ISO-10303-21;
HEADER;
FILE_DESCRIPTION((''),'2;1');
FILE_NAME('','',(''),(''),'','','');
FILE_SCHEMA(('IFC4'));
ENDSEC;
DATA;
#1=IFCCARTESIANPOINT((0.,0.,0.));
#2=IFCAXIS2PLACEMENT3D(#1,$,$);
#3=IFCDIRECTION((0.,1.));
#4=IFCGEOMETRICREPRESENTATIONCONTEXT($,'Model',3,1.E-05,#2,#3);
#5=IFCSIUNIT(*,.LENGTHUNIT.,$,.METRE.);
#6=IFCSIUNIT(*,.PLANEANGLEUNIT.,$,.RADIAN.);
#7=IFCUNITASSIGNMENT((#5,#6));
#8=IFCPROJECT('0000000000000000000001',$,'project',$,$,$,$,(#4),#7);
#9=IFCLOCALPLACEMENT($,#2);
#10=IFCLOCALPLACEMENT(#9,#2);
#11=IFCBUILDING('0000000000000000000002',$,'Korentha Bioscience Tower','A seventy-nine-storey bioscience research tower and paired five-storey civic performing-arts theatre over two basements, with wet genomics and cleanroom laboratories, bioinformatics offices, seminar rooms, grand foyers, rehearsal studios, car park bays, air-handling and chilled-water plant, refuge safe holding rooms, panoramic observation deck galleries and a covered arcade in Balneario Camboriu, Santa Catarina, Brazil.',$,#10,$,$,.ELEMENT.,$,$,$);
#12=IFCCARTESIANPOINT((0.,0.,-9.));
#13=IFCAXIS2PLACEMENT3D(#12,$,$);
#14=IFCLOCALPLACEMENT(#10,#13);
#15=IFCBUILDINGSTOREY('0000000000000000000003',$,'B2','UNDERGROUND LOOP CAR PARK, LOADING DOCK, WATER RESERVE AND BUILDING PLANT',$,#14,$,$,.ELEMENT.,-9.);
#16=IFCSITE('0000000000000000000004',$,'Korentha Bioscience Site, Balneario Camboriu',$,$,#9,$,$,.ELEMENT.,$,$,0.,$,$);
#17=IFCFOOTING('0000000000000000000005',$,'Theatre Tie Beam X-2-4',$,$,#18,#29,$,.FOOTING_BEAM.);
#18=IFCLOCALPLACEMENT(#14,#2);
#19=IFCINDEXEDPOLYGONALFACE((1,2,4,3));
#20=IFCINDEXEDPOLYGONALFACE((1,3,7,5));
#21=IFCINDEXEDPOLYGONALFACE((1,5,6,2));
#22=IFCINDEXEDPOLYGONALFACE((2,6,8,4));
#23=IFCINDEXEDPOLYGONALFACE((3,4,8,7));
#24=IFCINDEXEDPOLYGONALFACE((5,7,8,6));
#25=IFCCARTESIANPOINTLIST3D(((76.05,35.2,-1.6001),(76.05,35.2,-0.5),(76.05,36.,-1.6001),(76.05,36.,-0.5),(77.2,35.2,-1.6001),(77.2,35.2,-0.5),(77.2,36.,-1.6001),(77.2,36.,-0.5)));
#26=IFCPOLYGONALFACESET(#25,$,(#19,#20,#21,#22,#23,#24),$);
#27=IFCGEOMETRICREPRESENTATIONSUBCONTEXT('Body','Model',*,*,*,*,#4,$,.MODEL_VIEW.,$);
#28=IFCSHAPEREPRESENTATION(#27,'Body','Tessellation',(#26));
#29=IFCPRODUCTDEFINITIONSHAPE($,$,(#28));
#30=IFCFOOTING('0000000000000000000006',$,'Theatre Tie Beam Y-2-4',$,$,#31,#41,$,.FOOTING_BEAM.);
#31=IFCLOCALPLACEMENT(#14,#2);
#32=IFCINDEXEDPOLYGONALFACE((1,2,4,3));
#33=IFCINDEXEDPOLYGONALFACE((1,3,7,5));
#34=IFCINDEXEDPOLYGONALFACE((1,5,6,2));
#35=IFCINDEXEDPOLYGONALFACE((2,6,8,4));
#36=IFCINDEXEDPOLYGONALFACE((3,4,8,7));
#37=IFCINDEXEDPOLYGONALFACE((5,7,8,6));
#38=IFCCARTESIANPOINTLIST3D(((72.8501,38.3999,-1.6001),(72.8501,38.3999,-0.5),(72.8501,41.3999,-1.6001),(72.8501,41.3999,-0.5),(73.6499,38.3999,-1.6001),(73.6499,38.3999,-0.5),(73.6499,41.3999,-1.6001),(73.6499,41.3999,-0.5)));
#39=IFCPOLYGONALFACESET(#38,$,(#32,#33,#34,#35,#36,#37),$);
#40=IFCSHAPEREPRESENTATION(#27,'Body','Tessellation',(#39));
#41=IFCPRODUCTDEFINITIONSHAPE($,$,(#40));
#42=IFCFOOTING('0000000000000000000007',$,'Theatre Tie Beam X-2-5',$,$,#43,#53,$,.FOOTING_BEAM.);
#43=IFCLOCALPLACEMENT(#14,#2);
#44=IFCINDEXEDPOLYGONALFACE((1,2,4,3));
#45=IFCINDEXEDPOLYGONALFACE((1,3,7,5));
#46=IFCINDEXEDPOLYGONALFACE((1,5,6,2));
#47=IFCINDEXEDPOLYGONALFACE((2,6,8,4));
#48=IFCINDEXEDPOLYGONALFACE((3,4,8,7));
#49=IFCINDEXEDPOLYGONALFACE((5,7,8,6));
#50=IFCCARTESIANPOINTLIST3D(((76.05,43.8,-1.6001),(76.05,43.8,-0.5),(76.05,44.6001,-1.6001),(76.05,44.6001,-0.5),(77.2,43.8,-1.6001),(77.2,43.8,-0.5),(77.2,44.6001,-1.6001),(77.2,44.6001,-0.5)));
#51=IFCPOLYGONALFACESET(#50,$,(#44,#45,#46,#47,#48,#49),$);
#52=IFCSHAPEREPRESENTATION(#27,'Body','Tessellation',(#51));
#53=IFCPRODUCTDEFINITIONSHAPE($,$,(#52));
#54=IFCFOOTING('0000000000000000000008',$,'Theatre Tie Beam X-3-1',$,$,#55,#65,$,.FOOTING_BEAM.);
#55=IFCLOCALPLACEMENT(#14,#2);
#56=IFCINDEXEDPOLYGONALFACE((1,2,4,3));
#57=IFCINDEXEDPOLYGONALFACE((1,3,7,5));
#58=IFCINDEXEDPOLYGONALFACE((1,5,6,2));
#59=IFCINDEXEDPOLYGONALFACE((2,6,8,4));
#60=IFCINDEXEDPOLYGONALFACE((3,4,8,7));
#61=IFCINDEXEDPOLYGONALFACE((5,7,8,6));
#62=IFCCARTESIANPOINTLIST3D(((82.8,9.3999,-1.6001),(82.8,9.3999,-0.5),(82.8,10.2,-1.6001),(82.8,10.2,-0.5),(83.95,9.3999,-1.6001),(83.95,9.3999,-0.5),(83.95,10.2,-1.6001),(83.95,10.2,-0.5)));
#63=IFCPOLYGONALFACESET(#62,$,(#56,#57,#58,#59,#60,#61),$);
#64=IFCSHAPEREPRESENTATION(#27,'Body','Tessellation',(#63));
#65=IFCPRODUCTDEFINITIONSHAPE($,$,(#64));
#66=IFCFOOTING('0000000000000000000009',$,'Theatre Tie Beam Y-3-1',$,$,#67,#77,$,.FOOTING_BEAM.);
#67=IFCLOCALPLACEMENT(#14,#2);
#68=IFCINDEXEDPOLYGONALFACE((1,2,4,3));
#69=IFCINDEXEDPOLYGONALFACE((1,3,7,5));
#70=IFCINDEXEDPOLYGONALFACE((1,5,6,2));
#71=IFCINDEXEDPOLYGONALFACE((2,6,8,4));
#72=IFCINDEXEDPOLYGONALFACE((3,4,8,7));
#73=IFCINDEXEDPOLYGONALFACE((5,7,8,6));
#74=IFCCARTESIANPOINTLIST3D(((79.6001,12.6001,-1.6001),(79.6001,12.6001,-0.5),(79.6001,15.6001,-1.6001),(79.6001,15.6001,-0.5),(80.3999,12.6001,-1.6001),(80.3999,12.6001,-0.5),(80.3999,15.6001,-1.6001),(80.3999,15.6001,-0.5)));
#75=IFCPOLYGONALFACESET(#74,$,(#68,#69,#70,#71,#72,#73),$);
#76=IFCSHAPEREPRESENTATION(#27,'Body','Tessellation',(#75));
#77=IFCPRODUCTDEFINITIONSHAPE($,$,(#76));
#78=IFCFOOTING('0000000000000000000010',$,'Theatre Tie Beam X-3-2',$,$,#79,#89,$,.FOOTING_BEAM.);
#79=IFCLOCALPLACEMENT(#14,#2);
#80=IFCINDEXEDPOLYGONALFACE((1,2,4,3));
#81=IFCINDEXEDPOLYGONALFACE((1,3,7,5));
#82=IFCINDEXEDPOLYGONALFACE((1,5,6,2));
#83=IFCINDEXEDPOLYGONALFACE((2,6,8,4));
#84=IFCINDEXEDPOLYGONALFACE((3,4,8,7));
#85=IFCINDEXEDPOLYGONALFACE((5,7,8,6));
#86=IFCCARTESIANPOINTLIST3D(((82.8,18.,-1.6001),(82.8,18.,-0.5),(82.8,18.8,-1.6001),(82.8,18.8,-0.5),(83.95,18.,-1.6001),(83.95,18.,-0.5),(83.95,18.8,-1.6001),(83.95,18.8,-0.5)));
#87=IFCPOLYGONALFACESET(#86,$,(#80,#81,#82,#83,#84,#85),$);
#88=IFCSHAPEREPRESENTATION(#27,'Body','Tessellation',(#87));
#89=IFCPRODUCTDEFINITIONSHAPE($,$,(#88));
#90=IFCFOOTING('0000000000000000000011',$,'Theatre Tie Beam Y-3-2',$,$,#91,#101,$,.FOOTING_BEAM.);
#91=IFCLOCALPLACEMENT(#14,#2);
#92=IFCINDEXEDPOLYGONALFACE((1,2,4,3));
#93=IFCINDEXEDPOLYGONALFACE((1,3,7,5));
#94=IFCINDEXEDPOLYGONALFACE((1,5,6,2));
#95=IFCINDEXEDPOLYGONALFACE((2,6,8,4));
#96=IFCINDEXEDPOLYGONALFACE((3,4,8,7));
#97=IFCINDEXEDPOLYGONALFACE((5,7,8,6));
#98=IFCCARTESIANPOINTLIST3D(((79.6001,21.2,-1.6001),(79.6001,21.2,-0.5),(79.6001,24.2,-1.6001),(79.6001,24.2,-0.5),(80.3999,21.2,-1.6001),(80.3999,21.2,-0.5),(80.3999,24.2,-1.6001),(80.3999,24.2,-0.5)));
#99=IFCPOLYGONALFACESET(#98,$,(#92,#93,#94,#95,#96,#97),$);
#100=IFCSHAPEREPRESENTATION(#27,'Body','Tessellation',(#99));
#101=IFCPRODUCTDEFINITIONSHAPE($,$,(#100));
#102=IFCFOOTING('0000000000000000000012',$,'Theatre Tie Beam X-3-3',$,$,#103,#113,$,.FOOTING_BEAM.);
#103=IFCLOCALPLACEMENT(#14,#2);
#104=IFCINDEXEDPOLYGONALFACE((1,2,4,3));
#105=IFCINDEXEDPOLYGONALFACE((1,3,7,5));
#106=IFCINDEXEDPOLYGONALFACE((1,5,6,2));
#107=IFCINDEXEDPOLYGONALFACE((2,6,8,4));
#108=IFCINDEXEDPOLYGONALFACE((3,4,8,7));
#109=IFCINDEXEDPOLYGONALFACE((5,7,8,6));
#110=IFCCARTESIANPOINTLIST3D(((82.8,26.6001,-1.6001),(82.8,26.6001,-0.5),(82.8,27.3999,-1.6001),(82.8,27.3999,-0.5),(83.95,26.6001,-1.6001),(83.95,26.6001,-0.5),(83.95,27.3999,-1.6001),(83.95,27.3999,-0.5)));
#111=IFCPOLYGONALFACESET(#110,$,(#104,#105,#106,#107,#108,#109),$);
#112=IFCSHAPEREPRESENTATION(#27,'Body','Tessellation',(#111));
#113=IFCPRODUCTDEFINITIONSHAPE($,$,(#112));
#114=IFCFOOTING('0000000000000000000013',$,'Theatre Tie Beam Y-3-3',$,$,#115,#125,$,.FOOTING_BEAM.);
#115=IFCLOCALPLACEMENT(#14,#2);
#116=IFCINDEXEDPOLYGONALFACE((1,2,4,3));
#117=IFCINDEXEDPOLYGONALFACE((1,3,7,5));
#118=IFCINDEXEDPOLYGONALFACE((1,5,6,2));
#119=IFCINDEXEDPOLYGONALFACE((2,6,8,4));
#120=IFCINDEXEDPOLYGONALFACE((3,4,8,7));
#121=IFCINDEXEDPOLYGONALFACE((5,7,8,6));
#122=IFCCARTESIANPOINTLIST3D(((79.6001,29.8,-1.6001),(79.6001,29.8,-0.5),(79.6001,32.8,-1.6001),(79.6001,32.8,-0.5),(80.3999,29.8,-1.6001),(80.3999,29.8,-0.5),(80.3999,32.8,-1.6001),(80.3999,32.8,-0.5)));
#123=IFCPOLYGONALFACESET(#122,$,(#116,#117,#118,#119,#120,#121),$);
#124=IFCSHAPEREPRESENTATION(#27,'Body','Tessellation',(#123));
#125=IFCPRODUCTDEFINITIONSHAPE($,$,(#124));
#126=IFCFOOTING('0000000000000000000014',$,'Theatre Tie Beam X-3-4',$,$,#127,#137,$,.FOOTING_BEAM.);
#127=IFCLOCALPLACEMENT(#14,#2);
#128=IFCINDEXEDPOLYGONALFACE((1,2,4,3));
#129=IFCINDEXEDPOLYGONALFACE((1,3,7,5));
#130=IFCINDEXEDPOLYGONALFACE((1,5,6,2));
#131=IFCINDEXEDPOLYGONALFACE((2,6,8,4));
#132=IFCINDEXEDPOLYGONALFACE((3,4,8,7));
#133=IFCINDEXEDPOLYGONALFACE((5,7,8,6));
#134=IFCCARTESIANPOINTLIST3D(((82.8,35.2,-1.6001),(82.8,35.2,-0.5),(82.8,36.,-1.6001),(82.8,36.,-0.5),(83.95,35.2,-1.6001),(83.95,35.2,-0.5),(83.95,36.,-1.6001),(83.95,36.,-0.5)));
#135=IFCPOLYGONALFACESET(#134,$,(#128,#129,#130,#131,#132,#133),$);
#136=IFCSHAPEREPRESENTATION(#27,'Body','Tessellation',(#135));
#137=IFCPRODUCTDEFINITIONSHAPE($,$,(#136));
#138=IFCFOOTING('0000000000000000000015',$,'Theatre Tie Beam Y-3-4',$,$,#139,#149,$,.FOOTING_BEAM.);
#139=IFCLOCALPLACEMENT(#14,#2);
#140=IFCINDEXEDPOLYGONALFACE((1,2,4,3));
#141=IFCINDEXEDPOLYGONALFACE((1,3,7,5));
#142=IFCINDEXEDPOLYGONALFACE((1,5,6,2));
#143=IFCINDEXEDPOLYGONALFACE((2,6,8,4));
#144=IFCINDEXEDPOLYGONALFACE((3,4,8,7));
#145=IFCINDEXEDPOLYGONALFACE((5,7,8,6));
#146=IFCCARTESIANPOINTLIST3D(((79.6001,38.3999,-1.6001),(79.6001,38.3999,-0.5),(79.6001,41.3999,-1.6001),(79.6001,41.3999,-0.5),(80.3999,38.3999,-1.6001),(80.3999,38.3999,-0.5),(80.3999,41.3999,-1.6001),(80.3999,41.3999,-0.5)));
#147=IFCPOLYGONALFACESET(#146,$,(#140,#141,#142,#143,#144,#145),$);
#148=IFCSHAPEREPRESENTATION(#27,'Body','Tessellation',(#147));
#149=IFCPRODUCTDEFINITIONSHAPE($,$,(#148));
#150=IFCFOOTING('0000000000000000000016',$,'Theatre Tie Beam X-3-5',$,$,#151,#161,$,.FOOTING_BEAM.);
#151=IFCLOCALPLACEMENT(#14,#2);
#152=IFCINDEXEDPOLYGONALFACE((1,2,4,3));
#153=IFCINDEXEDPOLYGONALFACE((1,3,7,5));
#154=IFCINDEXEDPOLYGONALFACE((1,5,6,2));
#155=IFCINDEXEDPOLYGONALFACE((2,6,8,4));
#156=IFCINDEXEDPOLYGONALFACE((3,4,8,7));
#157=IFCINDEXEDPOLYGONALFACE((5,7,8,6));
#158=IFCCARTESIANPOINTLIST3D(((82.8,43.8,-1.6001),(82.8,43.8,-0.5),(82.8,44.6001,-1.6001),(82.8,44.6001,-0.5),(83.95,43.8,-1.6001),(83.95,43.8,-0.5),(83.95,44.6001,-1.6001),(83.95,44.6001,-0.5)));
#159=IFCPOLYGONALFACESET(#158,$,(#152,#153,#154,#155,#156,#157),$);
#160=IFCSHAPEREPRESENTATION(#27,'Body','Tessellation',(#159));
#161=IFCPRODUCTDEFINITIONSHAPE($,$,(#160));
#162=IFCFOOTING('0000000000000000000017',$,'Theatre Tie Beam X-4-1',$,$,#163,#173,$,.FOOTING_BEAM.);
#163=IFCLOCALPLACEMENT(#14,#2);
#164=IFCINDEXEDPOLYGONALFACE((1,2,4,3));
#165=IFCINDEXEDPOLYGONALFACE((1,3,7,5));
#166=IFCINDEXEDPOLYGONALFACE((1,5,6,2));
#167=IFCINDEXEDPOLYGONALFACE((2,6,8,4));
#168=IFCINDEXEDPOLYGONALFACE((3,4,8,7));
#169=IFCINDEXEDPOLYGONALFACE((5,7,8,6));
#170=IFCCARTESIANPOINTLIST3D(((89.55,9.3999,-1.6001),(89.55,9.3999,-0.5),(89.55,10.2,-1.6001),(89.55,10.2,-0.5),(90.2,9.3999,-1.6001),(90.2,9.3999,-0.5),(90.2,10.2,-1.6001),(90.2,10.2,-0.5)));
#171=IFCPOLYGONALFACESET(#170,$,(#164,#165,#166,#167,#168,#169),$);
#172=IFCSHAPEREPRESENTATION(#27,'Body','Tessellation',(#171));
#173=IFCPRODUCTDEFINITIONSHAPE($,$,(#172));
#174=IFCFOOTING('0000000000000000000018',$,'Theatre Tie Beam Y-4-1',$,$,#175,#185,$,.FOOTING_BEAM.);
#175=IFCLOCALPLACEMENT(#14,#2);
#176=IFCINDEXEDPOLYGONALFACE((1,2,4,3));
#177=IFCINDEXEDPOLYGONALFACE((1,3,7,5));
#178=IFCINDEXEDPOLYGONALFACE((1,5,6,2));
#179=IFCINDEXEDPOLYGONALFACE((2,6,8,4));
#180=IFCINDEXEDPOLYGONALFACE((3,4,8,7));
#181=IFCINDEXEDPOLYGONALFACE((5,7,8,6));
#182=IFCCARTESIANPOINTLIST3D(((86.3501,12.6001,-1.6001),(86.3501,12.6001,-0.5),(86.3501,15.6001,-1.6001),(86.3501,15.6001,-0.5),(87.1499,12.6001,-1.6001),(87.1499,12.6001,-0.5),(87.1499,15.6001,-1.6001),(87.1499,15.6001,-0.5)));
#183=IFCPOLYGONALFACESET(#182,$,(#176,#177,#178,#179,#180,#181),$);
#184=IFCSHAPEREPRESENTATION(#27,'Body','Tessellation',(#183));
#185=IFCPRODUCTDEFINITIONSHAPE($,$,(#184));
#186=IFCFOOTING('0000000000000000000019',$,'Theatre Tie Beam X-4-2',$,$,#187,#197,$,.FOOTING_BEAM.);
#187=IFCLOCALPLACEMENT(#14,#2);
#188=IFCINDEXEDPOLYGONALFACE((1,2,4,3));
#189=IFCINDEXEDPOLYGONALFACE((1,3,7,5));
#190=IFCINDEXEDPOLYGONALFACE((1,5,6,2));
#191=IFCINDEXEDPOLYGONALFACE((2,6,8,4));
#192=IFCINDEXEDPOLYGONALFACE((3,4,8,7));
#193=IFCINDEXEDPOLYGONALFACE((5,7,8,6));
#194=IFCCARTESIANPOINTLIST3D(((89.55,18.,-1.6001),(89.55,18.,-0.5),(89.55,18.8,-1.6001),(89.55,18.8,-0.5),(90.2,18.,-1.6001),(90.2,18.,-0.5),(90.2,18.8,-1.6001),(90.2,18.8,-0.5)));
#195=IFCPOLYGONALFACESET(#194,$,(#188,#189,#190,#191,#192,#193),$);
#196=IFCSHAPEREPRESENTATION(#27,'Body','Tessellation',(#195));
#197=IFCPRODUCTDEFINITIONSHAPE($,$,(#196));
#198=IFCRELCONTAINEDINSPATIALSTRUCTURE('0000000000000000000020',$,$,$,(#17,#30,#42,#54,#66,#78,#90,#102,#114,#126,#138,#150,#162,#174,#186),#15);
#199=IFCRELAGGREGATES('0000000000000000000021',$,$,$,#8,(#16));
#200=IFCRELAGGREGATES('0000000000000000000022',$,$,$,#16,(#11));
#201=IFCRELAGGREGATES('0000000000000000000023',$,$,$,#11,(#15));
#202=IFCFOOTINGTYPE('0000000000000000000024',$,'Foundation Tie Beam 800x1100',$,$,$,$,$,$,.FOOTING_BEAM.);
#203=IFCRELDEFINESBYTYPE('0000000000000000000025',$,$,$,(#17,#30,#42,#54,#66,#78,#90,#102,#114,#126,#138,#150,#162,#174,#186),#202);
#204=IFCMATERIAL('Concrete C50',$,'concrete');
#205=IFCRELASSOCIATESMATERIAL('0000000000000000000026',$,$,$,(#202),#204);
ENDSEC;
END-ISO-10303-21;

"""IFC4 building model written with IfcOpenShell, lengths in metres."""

from ifc_helpers import new_model, si_unit, direction, frame, origin, place, context, subcontext, project, spatial, polyline, outline, extrude, material, type_object, element, save


model = new_model("IFC4")

# Units and contexts
model_context = context("Model", 3, precision=1e-05, world=origin(), true_north=direction((0.0, 1.0)))
body_context = subcontext(model_context, "Body", "Model", "MODEL_VIEW")
ifc_project = project(units=[si_unit("LENGTHUNIT", "METRE"), si_unit("PLANEANGLEUNIT", "RADIAN")], contexts=[model_context])

# Site, building, storey
site_placement = place(None, origin())
site = spatial("IfcSite", under=ifc_project, at=site_placement, Name="Korentha Bioscience Site, Balneario Camboriu", CompositionType="ELEMENT", RefElevation=0.0)
building_placement = place(site_placement, origin())
building = spatial("IfcBuilding", under=site, at=building_placement, Name="Korentha Bioscience Tower", Description="A seventy-nine-storey bioscience research tower and paired five-storey civic performing-arts theatre over two basements, with wet genomics and cleanroom laboratories, bioinformatics offices, seminar rooms, grand foyers, rehearsal studios, car park bays, air-handling and chilled-water plant, refuge safe holding rooms, panoramic observation deck galleries and a covered arcade in Balneario Camboriu, Santa Catarina, Brazil.", CompositionType="ELEMENT")
storey_placement = place(building_placement, frame((0.0, 0.0, -9.0)))
storey = spatial("IfcBuildingStorey", under=building, at=storey_placement, Name="B2", Description="UNDERGROUND LOOP CAR PARK, LOADING DOCK, WATER RESERVE AND BUILDING PLANT", CompositionType="ELEMENT", Elevation=-9.0)

# Footings
ifc_material_1 = material(Name="Concrete C50", Category="concrete")
footing_type_1 = type_object("IfcFootingType", Name="Foundation Tie Beam 800x1100", PredefinedType="FOOTING_BEAM", material=ifc_material_1)
footing_1_placement = place(storey_placement, frame((0.0, 0.0, -1.6001)))
element("IfcFooting", 1, at=footing_1_placement, inside=storey, type_object=footing_type_1, Name="Theatre Tie Beam X-2-4", PredefinedType="FOOTING_BEAM", context=body_context, shape_type="SweptSolid", body=[
    extrude(outline(polyline([(76.05, 35.2), (77.2, 35.2), (77.2, 36.0), (76.05, 36.0), (76.05, 35.2)])), origin(), (0.0, 0.0, 1.0), 1.1001),
])
footing_2_placement = place(storey_placement, frame((0.0, 0.0, -1.6001)))
element("IfcFooting", 2, at=footing_2_placement, inside=storey, type_object=footing_type_1, Name="Theatre Tie Beam Y-2-4", PredefinedType="FOOTING_BEAM", context=body_context, shape_type="SweptSolid", body=[
    extrude(outline(polyline([(72.8501, 38.3999), (73.6499, 38.3999), (73.6499, 41.3999), (72.8501, 41.3999), (72.8501, 38.3999)])), origin(), (0.0, 0.0, 1.0), 1.1001),
])
footing_3_placement = place(storey_placement, frame((0.0, 0.0, -1.6001)))
element("IfcFooting", 3, at=footing_3_placement, inside=storey, type_object=footing_type_1, Name="Theatre Tie Beam X-2-5", PredefinedType="FOOTING_BEAM", context=body_context, shape_type="SweptSolid", body=[
    extrude(outline(polyline([(76.05, 43.8), (77.2, 43.8), (77.2, 44.6001), (76.05, 44.6001), (76.05, 43.8)])), origin(), (0.0, 0.0, 1.0), 1.1001),
])
footing_4_placement = place(storey_placement, frame((0.0, 0.0, -1.6001)))
element("IfcFooting", 4, at=footing_4_placement, inside=storey, type_object=footing_type_1, Name="Theatre Tie Beam X-3-1", PredefinedType="FOOTING_BEAM", context=body_context, shape_type="SweptSolid", body=[
    extrude(outline(polyline([(82.8, 9.3999), (83.95, 9.3999), (83.95, 10.2), (82.8, 10.2), (82.8, 9.3999)])), origin(), (0.0, 0.0, 1.0), 1.1001),
])
footing_5_placement = place(storey_placement, frame((0.0, 0.0, -1.6001)))
element("IfcFooting", 5, at=footing_5_placement, inside=storey, type_object=footing_type_1, Name="Theatre Tie Beam Y-3-1", PredefinedType="FOOTING_BEAM", context=body_context, shape_type="SweptSolid", body=[
    extrude(outline(polyline([(79.6001, 12.6001), (80.3999, 12.6001), (80.3999, 15.6001), (79.6001, 15.6001), (79.6001, 12.6001)])), origin(), (0.0, 0.0, 1.0), 1.1001),
])
footing_6_placement = place(storey_placement, frame((0.0, 0.0, -1.6001)))
element("IfcFooting", 6, at=footing_6_placement, inside=storey, type_object=footing_type_1, Name="Theatre Tie Beam X-3-2", PredefinedType="FOOTING_BEAM", context=body_context, shape_type="SweptSolid", body=[
    extrude(outline(polyline([(82.8, 18.0), (83.95, 18.0), (83.95, 18.8), (82.8, 18.8), (82.8, 18.0)])), origin(), (0.0, 0.0, 1.0), 1.1001),
])
footing_7_placement = place(storey_placement, frame((0.0, 0.0, -1.6001)))
element("IfcFooting", 7, at=footing_7_placement, inside=storey, type_object=footing_type_1, Name="Theatre Tie Beam Y-3-2", PredefinedType="FOOTING_BEAM", context=body_context, shape_type="SweptSolid", body=[
    extrude(outline(polyline([(79.6001, 21.2), (80.3999, 21.2), (80.3999, 24.2), (79.6001, 24.2), (79.6001, 21.2)])), origin(), (0.0, 0.0, 1.0), 1.1001),
])
footing_8_placement = place(storey_placement, frame((0.0, 0.0, -1.6001)))
element("IfcFooting", 8, at=footing_8_placement, inside=storey, type_object=footing_type_1, Name="Theatre Tie Beam X-3-3", PredefinedType="FOOTING_BEAM", context=body_context, shape_type="SweptSolid", body=[
    extrude(outline(polyline([(82.8, 26.6001), (83.95, 26.6001), (83.95, 27.3999), (82.8, 27.3999), (82.8, 26.6001)])), origin(), (0.0, 0.0, 1.0), 1.1001),
])
footing_9_placement = place(storey_placement, frame((0.0, 0.0, -1.6001)))
element("IfcFooting", 9, at=footing_9_placement, inside=storey, type_object=footing_type_1, Name="Theatre Tie Beam Y-3-3", PredefinedType="FOOTING_BEAM", context=body_context, shape_type="SweptSolid", body=[
    extrude(outline(polyline([(79.6001, 29.8), (80.3999, 29.8), (80.3999, 32.8), (79.6001, 32.8), (79.6001, 29.8)])), origin(), (0.0, 0.0, 1.0), 1.1001),
])
footing_10_placement = place(storey_placement, frame((0.0, 0.0, -1.6001)))
element("IfcFooting", 10, at=footing_10_placement, inside=storey, type_object=footing_type_1, Name="Theatre Tie Beam X-3-4", PredefinedType="FOOTING_BEAM", context=body_context, shape_type="SweptSolid", body=[
    extrude(outline(polyline([(82.8, 35.2), (83.95, 35.2), (83.95, 36.0), (82.8, 36.0), (82.8, 35.2)])), origin(), (0.0, 0.0, 1.0), 1.1001),
])
footing_11_placement = place(storey_placement, frame((0.0, 0.0, -1.6001)))
element("IfcFooting", 11, at=footing_11_placement, inside=storey, type_object=footing_type_1, Name="Theatre Tie Beam Y-3-4", PredefinedType="FOOTING_BEAM", context=body_context, shape_type="SweptSolid", body=[
    extrude(outline(polyline([(79.6001, 38.3999), (80.3999, 38.3999), (80.3999, 41.3999), (79.6001, 41.3999), (79.6001, 38.3999)])), origin(), (0.0, 0.0, 1.0), 1.1001),
])
footing_12_placement = place(storey_placement, frame((0.0, 0.0, -1.6001)))
element("IfcFooting", 12, at=footing_12_placement, inside=storey, type_object=footing_type_1, Name="Theatre Tie Beam X-3-5", PredefinedType="FOOTING_BEAM", context=body_context, shape_type="SweptSolid", body=[
    extrude(outline(polyline([(82.8, 43.8), (83.95, 43.8), (83.95, 44.6001), (82.8, 44.6001), (82.8, 43.8)])), origin(), (0.0, 0.0, 1.0), 1.1001),
])
footing_13_placement = place(storey_placement, frame((0.0, 0.0, -1.6001)))
element("IfcFooting", 13, at=footing_13_placement, inside=storey, type_object=footing_type_1, Name="Theatre Tie Beam X-4-1", PredefinedType="FOOTING_BEAM", context=body_context, shape_type="SweptSolid", body=[
    extrude(outline(polyline([(89.55, 9.3999), (90.2, 9.3999), (90.2, 10.2), (89.55, 10.2), (89.55, 9.3999)])), origin(), (0.0, 0.0, 1.0), 1.1001),
])
footing_14_placement = place(storey_placement, frame((0.0, 0.0, -1.6001)))
element("IfcFooting", 14, at=footing_14_placement, inside=storey, type_object=footing_type_1, Name="Theatre Tie Beam Y-4-1", PredefinedType="FOOTING_BEAM", context=body_context, shape_type="SweptSolid", body=[
    extrude(outline(polyline([(86.3501, 12.6001), (87.1499, 12.6001), (87.1499, 15.6001), (86.3501, 15.6001), (86.3501, 12.6001)])), origin(), (0.0, 0.0, 1.0), 1.1001),
])
footing_15_placement = place(storey_placement, frame((0.0, 0.0, -1.6001)))
element("IfcFooting", 15, at=footing_15_placement, inside=storey, type_object=footing_type_1, Name="Theatre Tie Beam X-4-2", PredefinedType="FOOTING_BEAM", context=body_context, shape_type="SweptSolid", body=[
    extrude(outline(polyline([(89.55, 18.0), (90.2, 18.0), (90.2, 18.8), (89.55, 18.8), (89.55, 18.0)])), origin(), (0.0, 0.0, 1.0), 1.1001),
])

save(model, "model.ifc")
